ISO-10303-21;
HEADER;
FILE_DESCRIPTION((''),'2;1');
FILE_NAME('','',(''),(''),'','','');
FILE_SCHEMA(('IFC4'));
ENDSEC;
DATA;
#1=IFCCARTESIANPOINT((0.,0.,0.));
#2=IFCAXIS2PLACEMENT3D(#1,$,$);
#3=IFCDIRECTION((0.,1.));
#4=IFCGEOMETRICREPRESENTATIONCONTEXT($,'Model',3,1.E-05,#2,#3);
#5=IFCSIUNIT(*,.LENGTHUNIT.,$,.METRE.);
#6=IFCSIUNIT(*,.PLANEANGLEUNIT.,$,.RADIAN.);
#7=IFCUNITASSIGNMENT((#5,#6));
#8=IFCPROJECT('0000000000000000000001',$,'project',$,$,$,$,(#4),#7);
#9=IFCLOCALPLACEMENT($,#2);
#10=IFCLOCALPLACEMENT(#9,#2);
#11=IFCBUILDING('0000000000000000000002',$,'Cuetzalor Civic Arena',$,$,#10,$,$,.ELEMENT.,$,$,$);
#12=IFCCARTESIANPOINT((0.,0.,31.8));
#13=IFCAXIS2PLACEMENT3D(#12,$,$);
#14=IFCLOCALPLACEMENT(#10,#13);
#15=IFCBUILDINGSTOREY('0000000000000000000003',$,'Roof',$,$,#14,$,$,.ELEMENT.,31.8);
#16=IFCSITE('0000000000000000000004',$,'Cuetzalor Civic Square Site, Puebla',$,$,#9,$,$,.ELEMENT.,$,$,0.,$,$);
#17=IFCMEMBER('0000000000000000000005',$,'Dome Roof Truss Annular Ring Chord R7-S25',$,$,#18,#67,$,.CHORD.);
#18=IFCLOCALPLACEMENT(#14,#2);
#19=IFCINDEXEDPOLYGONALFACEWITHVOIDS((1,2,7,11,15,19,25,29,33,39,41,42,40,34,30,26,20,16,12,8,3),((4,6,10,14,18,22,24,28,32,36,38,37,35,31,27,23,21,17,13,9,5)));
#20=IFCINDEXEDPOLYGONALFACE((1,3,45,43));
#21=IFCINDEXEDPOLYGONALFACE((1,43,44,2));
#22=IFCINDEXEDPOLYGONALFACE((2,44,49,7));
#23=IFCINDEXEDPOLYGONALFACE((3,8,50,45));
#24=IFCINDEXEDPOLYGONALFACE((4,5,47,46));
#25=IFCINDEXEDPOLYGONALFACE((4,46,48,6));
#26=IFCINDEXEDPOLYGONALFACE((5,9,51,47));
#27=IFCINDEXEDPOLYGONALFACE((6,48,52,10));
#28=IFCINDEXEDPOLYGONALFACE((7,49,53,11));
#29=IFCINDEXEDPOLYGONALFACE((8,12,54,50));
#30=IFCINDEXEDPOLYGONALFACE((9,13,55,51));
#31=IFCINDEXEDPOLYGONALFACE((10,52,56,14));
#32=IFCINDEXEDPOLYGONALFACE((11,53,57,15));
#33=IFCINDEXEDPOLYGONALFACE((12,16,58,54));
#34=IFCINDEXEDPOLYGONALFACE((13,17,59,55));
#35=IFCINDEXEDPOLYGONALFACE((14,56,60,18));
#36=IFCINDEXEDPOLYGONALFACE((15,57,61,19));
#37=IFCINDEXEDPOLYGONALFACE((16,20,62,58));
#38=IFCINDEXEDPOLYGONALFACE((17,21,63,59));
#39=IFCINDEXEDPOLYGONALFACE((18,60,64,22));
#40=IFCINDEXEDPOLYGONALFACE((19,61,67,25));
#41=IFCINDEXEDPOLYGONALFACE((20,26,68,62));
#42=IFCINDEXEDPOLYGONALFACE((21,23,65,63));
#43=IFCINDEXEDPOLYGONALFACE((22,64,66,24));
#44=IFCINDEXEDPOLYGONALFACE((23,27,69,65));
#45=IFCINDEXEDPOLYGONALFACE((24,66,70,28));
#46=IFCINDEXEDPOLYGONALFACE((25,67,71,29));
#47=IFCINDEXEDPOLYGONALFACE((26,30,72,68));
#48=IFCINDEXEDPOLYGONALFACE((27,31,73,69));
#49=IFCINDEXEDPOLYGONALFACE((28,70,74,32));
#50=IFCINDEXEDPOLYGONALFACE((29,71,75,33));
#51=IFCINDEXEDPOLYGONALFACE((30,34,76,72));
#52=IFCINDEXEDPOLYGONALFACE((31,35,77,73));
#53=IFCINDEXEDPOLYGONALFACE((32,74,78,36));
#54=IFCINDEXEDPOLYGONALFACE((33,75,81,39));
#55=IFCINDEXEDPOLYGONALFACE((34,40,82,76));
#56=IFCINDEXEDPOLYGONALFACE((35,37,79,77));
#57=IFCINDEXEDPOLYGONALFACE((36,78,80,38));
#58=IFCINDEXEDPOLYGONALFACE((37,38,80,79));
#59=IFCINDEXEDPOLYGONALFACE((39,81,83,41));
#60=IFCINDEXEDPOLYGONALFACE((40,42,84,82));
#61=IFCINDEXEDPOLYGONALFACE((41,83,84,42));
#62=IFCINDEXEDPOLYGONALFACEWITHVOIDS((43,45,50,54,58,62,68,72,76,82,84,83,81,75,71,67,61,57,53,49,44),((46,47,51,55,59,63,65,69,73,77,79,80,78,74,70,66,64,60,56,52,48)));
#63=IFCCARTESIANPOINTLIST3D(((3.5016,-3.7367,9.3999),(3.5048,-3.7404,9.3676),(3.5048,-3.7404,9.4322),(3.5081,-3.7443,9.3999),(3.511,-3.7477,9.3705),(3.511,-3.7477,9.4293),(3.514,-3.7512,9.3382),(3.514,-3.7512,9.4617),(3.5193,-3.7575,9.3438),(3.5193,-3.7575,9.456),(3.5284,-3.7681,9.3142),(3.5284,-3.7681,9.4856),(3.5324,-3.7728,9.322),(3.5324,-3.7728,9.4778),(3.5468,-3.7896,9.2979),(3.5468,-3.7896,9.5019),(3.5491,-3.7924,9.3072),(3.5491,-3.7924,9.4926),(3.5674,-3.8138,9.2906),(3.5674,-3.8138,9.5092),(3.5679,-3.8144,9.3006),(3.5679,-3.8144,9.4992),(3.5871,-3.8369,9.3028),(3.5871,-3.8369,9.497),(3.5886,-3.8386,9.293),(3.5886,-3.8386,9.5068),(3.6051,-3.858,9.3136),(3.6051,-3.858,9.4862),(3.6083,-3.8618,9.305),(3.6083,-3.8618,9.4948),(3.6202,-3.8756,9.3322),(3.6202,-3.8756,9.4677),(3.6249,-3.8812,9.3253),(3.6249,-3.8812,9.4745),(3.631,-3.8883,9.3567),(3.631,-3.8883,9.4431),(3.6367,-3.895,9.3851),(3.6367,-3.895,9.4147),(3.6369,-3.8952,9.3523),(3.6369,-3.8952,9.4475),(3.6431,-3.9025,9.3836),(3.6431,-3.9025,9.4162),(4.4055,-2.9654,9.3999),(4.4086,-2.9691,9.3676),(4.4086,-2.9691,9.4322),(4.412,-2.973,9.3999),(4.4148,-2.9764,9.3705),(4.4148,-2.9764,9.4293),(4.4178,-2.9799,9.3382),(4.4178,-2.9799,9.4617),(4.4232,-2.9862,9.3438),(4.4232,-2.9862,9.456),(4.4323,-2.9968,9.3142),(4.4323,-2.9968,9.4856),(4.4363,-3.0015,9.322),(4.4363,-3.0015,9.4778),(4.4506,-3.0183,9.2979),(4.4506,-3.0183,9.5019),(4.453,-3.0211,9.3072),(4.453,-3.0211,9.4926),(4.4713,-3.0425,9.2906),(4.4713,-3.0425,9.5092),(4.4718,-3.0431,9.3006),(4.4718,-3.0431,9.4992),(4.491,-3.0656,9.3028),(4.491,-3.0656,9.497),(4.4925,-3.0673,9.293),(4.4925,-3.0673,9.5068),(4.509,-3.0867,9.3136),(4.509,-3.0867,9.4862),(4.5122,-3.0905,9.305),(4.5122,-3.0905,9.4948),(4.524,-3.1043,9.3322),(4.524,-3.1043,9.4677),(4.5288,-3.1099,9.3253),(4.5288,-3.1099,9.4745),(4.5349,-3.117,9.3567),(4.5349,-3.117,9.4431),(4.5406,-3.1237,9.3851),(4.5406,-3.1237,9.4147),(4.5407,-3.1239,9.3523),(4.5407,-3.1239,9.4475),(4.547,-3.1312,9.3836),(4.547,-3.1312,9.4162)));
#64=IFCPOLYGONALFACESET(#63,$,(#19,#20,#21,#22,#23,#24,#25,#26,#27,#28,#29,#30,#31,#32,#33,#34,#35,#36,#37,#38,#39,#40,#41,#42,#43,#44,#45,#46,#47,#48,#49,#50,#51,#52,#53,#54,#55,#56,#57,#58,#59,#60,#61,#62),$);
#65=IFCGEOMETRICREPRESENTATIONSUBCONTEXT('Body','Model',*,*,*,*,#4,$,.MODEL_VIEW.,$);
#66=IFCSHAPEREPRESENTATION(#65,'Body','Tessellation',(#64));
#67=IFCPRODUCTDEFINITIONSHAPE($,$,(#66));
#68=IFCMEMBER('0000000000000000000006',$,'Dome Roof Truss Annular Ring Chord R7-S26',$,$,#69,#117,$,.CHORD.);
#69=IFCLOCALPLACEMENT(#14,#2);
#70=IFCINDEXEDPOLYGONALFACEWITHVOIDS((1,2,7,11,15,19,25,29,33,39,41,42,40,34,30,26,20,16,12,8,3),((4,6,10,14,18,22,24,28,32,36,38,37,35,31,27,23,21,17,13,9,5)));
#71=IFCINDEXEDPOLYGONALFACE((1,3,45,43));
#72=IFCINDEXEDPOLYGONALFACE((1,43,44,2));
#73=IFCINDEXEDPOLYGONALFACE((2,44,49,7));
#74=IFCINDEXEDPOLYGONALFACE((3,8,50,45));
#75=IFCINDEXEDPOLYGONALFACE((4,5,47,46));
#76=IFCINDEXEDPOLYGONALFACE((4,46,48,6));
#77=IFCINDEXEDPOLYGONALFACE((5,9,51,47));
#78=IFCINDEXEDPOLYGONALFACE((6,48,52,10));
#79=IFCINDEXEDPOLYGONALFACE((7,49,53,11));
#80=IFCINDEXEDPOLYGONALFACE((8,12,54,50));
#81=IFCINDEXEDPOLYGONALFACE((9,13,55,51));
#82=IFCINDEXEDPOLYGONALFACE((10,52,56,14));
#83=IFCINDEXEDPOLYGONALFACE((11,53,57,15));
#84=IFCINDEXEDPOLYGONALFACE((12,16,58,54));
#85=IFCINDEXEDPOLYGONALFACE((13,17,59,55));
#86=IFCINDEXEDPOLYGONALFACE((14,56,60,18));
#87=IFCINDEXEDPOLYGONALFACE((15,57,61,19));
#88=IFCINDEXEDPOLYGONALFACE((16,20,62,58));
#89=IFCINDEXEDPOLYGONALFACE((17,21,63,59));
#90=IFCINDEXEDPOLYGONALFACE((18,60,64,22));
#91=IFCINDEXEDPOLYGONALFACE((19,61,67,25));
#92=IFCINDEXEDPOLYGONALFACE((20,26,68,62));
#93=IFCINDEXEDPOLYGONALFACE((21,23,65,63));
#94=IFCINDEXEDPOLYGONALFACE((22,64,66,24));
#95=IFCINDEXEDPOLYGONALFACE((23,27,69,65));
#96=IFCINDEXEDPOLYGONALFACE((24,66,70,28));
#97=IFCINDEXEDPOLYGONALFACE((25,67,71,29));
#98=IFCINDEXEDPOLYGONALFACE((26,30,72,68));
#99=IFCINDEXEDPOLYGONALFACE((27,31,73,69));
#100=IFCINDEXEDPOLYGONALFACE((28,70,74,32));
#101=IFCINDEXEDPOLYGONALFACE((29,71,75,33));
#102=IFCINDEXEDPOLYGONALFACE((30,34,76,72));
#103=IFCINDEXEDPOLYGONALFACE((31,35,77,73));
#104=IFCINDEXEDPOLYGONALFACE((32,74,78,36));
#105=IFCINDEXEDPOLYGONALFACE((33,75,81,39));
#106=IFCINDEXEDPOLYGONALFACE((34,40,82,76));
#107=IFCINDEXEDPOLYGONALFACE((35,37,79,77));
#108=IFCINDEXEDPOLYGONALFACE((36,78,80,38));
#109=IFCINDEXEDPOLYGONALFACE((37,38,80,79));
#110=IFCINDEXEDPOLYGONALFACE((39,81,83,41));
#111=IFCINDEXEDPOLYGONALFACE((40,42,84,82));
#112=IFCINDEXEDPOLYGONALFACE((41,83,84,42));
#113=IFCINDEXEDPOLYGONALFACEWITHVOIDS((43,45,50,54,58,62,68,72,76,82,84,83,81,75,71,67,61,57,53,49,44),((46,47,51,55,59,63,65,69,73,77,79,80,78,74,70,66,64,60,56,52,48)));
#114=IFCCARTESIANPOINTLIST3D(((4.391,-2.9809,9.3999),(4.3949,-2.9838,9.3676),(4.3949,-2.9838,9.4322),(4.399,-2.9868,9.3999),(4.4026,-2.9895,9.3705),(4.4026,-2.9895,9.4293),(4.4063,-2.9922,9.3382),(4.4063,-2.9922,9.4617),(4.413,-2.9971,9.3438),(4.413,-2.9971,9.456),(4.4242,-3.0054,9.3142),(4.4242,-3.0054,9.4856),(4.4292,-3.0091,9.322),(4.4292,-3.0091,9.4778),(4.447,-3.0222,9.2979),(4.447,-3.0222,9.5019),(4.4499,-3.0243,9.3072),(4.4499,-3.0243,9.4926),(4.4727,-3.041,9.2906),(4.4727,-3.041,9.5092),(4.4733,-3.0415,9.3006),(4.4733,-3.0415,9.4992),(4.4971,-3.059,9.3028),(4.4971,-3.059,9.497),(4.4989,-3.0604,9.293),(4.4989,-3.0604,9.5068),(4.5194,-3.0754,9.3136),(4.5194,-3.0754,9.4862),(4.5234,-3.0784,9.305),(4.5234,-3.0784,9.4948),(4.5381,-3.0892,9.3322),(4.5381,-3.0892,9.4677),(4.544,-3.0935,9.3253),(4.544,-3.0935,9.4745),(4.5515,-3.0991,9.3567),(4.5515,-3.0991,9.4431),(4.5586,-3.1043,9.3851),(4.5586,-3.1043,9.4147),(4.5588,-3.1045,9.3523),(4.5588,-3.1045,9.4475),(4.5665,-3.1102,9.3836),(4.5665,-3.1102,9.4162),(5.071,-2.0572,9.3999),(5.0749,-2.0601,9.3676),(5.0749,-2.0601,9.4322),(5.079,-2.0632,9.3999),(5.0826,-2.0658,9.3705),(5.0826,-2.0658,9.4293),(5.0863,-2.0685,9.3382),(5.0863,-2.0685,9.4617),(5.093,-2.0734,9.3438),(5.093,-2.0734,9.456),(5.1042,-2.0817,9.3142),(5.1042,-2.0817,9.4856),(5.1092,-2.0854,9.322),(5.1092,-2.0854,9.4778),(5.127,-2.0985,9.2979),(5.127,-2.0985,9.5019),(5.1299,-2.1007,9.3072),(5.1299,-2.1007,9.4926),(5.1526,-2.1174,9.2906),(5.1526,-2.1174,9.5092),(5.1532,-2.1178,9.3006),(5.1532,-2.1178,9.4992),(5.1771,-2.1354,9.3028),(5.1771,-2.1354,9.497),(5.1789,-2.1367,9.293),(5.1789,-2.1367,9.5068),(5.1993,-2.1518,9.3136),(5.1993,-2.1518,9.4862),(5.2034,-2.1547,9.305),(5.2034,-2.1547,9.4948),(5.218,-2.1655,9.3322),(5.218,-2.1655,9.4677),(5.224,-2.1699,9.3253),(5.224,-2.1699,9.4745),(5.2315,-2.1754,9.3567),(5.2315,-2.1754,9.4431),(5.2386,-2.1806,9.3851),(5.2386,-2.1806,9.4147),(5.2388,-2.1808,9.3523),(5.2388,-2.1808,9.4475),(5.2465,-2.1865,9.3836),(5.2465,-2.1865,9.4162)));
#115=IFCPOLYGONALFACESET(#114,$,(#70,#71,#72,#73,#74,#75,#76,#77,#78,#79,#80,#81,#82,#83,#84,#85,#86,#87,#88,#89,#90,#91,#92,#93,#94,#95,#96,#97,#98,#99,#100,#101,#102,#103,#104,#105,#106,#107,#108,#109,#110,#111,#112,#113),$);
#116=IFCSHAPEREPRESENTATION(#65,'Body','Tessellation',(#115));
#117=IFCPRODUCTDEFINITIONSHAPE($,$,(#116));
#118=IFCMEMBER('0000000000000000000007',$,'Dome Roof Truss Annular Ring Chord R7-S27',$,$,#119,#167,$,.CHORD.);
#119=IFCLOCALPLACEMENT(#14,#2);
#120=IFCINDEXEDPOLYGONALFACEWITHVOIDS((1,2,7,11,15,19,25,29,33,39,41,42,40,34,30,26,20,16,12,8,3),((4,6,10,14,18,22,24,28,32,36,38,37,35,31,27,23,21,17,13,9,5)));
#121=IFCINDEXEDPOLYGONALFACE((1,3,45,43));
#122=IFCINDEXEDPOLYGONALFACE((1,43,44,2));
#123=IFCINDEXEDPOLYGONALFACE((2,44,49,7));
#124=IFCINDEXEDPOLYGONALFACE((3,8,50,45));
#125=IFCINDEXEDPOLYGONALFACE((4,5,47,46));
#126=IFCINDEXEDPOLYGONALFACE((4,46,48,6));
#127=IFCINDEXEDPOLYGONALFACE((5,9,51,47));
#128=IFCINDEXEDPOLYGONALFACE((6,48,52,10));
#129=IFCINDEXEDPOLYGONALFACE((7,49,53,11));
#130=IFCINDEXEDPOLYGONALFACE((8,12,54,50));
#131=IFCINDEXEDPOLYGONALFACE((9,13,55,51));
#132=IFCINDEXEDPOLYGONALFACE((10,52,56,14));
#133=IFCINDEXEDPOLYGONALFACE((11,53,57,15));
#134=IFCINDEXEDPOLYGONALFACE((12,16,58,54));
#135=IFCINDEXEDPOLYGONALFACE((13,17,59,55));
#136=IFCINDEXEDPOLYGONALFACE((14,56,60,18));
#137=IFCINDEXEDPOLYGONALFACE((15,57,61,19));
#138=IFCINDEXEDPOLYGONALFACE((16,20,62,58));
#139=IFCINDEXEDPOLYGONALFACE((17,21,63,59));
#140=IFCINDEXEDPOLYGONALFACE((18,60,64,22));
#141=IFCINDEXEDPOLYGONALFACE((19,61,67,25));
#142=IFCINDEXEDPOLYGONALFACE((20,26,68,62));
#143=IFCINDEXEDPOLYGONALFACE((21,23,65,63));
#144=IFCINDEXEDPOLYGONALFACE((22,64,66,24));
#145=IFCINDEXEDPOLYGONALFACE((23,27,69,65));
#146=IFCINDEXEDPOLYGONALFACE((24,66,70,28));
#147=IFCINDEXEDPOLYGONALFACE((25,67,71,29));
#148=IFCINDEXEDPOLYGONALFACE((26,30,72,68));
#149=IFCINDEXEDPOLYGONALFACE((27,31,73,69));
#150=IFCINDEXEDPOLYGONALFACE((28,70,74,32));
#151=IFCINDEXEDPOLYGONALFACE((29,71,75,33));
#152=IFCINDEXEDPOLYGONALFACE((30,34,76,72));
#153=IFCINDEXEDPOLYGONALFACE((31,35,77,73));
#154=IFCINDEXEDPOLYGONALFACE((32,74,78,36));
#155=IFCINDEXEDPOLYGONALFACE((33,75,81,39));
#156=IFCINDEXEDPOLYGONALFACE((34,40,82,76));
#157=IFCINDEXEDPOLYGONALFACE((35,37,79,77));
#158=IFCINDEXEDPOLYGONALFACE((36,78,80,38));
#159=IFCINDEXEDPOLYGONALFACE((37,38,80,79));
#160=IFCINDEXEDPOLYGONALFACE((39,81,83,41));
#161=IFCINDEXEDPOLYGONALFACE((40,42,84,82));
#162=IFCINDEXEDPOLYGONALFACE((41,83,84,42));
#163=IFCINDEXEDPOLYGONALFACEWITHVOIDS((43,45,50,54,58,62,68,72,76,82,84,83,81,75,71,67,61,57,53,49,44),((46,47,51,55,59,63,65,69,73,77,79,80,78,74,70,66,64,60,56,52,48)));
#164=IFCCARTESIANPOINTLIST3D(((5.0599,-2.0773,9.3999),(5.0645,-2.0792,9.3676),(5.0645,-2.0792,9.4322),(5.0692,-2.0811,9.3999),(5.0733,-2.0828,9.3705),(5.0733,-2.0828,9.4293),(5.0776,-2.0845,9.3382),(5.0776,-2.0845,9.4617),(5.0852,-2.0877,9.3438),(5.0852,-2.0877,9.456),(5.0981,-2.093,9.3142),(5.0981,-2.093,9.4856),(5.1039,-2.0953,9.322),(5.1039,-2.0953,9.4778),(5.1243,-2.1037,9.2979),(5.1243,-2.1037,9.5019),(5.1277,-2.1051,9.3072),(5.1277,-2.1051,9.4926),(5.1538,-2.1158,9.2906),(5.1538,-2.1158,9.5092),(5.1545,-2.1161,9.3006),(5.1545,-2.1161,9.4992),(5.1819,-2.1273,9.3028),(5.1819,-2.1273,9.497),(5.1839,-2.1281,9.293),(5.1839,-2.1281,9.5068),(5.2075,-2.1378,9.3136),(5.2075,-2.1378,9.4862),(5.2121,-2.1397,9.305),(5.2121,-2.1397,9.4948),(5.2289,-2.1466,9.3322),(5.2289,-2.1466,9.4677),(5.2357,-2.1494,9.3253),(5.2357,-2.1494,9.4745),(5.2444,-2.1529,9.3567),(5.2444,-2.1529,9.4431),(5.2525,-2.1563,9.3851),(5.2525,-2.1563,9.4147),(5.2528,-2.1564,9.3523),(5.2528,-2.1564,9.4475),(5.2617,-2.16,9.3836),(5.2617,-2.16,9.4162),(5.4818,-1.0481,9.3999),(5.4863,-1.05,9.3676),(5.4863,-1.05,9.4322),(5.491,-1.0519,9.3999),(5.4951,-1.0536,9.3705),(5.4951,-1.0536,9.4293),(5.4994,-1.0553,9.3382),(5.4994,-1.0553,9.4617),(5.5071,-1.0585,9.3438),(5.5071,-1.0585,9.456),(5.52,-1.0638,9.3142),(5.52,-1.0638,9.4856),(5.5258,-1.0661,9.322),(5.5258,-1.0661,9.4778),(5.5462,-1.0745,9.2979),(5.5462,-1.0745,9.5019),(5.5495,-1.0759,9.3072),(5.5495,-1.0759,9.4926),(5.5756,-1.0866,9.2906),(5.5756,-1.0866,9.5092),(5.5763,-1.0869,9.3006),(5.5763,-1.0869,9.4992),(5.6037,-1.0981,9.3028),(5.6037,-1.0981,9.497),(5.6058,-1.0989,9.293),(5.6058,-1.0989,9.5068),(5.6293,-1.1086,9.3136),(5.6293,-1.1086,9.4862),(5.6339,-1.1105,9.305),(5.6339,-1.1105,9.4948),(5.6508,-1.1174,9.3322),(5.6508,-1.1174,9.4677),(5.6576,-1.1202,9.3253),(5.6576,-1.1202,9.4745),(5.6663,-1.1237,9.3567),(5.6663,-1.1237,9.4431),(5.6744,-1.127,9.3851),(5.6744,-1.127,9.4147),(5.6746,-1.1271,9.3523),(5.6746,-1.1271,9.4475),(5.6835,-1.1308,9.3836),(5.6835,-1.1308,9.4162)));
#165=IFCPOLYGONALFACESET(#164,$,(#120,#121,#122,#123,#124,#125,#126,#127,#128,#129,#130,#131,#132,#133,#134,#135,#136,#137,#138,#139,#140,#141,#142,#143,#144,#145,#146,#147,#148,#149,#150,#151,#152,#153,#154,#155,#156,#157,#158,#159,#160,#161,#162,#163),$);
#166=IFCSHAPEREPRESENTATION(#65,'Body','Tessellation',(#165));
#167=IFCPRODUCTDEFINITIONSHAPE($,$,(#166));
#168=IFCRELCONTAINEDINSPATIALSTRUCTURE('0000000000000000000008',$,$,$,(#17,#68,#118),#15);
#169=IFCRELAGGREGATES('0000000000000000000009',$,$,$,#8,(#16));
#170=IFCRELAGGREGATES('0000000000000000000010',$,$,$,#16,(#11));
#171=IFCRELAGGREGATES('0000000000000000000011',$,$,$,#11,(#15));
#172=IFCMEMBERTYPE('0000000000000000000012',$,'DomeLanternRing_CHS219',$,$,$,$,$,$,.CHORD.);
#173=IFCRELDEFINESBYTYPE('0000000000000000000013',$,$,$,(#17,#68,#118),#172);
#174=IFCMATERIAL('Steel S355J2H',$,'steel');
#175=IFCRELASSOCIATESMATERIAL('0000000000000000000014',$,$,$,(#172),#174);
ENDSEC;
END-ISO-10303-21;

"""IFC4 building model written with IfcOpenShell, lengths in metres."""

from ifc_helpers import new_model, si_unit, direction, frame, origin, origin_2d, place, context, subcontext, project, spatial, hollow_circle, extrude, material, material_profile, profile_set, type_object, element, save


model = new_model("IFC4")

# Units and contexts
model_context = context("Model", 3, precision=1e-05, world=origin(), true_north=direction((0.0, 1.0)))
body_context = subcontext(model_context, "Body", "Model", "MODEL_VIEW")
ifc_project = project(units=[si_unit("LENGTHUNIT", "METRE"), si_unit("PLANEANGLEUNIT", "RADIAN")], contexts=[model_context])

# Site, building, storey
site_placement = place(None, origin())
site = spatial("IfcSite", under=ifc_project, at=site_placement, Name="Cuetzalor Civic Square Site, Puebla", CompositionType="ELEMENT", RefElevation=0.0)
building_placement = place(site_placement, origin())
building = spatial("IfcBuilding", under=site, at=building_placement, Name="Cuetzalor Civic Arena", CompositionType="ELEMENT")
storey_placement = place(building_placement, frame((0.0, 0.0, 31.8)))
storey = spatial("IfcBuildingStorey", under=building, at=storey_placement, Name="Roof", CompositionType="ELEMENT", Elevation=31.8)

# Members
ifc_material_1 = material(Name="Steel S355J2H", Category="steel")
ifc_material_profile = material_profile(ifc_material_1, hollow_circle(Radius=0.1096, WallThickness=0.01, at=origin_2d()), Name="CHS 219.1x10")
ifc_profile_set = profile_set([ifc_material_profile], Name="Steel S355J2H")
member_type = type_object("IfcMemberType", Name="DomeLanternRing_CHS219", PredefinedType="CHORD", material=ifc_profile_set)
member_1_placement = place(storey_placement, frame((3.5728, -3.8201, 9.3999), z_axis=(0.760691, 0.649115, 0.0), x_axis=(-0.649115, 0.760691, 0.0)))
element("IfcMember", 1, at=member_1_placement, inside=storey, type_object=member_type, Name="Dome Roof Truss Annular Ring Chord R7-S25", PredefinedType="CHORD", context=body_context, shape_type="SweptSolid", body=[
    extrude(hollow_circle(Radius=0.1096, WallThickness=0.01, at=origin_2d()), origin(), (0.0, 0.0, 1.0), 1.1882),
])
member_2_placement = place(storey_placement, frame((4.4792, -3.0459, 9.3999), z_axis=(0.592858, 0.805307, 0.0), x_axis=(-0.805307, 0.592858, 0.0)))
element("IfcMember", 2, at=member_2_placement, inside=storey, type_object=member_type, Name="Dome Roof Truss Annular Ring Chord R7-S26", PredefinedType="CHORD", context=body_context, shape_type="SweptSolid", body=[
    extrude(hollow_circle(Radius=0.1096, WallThickness=0.01, at=origin_2d()), origin(), (0.0, 0.0, 1.0), 1.147),
])
member_3_placement = place(storey_placement, frame((5.1614, -2.1189, 9.3999), z_axis=(0.379248, 0.925295, 0.0), x_axis=(-0.925295, 0.379248, 0.0)))
element("IfcMember", 3, at=member_3_placement, inside=storey, type_object=member_type, Name="Dome Roof Truss Annular Ring Chord R7-S27", PredefinedType="CHORD", context=body_context, shape_type="SweptSolid", body=[
    extrude(hollow_circle(Radius=0.1096, WallThickness=0.01, at=origin_2d()), origin(), (0.0, 0.0, 1.0), 1.1123),
])

save(model, "model.ifc")
